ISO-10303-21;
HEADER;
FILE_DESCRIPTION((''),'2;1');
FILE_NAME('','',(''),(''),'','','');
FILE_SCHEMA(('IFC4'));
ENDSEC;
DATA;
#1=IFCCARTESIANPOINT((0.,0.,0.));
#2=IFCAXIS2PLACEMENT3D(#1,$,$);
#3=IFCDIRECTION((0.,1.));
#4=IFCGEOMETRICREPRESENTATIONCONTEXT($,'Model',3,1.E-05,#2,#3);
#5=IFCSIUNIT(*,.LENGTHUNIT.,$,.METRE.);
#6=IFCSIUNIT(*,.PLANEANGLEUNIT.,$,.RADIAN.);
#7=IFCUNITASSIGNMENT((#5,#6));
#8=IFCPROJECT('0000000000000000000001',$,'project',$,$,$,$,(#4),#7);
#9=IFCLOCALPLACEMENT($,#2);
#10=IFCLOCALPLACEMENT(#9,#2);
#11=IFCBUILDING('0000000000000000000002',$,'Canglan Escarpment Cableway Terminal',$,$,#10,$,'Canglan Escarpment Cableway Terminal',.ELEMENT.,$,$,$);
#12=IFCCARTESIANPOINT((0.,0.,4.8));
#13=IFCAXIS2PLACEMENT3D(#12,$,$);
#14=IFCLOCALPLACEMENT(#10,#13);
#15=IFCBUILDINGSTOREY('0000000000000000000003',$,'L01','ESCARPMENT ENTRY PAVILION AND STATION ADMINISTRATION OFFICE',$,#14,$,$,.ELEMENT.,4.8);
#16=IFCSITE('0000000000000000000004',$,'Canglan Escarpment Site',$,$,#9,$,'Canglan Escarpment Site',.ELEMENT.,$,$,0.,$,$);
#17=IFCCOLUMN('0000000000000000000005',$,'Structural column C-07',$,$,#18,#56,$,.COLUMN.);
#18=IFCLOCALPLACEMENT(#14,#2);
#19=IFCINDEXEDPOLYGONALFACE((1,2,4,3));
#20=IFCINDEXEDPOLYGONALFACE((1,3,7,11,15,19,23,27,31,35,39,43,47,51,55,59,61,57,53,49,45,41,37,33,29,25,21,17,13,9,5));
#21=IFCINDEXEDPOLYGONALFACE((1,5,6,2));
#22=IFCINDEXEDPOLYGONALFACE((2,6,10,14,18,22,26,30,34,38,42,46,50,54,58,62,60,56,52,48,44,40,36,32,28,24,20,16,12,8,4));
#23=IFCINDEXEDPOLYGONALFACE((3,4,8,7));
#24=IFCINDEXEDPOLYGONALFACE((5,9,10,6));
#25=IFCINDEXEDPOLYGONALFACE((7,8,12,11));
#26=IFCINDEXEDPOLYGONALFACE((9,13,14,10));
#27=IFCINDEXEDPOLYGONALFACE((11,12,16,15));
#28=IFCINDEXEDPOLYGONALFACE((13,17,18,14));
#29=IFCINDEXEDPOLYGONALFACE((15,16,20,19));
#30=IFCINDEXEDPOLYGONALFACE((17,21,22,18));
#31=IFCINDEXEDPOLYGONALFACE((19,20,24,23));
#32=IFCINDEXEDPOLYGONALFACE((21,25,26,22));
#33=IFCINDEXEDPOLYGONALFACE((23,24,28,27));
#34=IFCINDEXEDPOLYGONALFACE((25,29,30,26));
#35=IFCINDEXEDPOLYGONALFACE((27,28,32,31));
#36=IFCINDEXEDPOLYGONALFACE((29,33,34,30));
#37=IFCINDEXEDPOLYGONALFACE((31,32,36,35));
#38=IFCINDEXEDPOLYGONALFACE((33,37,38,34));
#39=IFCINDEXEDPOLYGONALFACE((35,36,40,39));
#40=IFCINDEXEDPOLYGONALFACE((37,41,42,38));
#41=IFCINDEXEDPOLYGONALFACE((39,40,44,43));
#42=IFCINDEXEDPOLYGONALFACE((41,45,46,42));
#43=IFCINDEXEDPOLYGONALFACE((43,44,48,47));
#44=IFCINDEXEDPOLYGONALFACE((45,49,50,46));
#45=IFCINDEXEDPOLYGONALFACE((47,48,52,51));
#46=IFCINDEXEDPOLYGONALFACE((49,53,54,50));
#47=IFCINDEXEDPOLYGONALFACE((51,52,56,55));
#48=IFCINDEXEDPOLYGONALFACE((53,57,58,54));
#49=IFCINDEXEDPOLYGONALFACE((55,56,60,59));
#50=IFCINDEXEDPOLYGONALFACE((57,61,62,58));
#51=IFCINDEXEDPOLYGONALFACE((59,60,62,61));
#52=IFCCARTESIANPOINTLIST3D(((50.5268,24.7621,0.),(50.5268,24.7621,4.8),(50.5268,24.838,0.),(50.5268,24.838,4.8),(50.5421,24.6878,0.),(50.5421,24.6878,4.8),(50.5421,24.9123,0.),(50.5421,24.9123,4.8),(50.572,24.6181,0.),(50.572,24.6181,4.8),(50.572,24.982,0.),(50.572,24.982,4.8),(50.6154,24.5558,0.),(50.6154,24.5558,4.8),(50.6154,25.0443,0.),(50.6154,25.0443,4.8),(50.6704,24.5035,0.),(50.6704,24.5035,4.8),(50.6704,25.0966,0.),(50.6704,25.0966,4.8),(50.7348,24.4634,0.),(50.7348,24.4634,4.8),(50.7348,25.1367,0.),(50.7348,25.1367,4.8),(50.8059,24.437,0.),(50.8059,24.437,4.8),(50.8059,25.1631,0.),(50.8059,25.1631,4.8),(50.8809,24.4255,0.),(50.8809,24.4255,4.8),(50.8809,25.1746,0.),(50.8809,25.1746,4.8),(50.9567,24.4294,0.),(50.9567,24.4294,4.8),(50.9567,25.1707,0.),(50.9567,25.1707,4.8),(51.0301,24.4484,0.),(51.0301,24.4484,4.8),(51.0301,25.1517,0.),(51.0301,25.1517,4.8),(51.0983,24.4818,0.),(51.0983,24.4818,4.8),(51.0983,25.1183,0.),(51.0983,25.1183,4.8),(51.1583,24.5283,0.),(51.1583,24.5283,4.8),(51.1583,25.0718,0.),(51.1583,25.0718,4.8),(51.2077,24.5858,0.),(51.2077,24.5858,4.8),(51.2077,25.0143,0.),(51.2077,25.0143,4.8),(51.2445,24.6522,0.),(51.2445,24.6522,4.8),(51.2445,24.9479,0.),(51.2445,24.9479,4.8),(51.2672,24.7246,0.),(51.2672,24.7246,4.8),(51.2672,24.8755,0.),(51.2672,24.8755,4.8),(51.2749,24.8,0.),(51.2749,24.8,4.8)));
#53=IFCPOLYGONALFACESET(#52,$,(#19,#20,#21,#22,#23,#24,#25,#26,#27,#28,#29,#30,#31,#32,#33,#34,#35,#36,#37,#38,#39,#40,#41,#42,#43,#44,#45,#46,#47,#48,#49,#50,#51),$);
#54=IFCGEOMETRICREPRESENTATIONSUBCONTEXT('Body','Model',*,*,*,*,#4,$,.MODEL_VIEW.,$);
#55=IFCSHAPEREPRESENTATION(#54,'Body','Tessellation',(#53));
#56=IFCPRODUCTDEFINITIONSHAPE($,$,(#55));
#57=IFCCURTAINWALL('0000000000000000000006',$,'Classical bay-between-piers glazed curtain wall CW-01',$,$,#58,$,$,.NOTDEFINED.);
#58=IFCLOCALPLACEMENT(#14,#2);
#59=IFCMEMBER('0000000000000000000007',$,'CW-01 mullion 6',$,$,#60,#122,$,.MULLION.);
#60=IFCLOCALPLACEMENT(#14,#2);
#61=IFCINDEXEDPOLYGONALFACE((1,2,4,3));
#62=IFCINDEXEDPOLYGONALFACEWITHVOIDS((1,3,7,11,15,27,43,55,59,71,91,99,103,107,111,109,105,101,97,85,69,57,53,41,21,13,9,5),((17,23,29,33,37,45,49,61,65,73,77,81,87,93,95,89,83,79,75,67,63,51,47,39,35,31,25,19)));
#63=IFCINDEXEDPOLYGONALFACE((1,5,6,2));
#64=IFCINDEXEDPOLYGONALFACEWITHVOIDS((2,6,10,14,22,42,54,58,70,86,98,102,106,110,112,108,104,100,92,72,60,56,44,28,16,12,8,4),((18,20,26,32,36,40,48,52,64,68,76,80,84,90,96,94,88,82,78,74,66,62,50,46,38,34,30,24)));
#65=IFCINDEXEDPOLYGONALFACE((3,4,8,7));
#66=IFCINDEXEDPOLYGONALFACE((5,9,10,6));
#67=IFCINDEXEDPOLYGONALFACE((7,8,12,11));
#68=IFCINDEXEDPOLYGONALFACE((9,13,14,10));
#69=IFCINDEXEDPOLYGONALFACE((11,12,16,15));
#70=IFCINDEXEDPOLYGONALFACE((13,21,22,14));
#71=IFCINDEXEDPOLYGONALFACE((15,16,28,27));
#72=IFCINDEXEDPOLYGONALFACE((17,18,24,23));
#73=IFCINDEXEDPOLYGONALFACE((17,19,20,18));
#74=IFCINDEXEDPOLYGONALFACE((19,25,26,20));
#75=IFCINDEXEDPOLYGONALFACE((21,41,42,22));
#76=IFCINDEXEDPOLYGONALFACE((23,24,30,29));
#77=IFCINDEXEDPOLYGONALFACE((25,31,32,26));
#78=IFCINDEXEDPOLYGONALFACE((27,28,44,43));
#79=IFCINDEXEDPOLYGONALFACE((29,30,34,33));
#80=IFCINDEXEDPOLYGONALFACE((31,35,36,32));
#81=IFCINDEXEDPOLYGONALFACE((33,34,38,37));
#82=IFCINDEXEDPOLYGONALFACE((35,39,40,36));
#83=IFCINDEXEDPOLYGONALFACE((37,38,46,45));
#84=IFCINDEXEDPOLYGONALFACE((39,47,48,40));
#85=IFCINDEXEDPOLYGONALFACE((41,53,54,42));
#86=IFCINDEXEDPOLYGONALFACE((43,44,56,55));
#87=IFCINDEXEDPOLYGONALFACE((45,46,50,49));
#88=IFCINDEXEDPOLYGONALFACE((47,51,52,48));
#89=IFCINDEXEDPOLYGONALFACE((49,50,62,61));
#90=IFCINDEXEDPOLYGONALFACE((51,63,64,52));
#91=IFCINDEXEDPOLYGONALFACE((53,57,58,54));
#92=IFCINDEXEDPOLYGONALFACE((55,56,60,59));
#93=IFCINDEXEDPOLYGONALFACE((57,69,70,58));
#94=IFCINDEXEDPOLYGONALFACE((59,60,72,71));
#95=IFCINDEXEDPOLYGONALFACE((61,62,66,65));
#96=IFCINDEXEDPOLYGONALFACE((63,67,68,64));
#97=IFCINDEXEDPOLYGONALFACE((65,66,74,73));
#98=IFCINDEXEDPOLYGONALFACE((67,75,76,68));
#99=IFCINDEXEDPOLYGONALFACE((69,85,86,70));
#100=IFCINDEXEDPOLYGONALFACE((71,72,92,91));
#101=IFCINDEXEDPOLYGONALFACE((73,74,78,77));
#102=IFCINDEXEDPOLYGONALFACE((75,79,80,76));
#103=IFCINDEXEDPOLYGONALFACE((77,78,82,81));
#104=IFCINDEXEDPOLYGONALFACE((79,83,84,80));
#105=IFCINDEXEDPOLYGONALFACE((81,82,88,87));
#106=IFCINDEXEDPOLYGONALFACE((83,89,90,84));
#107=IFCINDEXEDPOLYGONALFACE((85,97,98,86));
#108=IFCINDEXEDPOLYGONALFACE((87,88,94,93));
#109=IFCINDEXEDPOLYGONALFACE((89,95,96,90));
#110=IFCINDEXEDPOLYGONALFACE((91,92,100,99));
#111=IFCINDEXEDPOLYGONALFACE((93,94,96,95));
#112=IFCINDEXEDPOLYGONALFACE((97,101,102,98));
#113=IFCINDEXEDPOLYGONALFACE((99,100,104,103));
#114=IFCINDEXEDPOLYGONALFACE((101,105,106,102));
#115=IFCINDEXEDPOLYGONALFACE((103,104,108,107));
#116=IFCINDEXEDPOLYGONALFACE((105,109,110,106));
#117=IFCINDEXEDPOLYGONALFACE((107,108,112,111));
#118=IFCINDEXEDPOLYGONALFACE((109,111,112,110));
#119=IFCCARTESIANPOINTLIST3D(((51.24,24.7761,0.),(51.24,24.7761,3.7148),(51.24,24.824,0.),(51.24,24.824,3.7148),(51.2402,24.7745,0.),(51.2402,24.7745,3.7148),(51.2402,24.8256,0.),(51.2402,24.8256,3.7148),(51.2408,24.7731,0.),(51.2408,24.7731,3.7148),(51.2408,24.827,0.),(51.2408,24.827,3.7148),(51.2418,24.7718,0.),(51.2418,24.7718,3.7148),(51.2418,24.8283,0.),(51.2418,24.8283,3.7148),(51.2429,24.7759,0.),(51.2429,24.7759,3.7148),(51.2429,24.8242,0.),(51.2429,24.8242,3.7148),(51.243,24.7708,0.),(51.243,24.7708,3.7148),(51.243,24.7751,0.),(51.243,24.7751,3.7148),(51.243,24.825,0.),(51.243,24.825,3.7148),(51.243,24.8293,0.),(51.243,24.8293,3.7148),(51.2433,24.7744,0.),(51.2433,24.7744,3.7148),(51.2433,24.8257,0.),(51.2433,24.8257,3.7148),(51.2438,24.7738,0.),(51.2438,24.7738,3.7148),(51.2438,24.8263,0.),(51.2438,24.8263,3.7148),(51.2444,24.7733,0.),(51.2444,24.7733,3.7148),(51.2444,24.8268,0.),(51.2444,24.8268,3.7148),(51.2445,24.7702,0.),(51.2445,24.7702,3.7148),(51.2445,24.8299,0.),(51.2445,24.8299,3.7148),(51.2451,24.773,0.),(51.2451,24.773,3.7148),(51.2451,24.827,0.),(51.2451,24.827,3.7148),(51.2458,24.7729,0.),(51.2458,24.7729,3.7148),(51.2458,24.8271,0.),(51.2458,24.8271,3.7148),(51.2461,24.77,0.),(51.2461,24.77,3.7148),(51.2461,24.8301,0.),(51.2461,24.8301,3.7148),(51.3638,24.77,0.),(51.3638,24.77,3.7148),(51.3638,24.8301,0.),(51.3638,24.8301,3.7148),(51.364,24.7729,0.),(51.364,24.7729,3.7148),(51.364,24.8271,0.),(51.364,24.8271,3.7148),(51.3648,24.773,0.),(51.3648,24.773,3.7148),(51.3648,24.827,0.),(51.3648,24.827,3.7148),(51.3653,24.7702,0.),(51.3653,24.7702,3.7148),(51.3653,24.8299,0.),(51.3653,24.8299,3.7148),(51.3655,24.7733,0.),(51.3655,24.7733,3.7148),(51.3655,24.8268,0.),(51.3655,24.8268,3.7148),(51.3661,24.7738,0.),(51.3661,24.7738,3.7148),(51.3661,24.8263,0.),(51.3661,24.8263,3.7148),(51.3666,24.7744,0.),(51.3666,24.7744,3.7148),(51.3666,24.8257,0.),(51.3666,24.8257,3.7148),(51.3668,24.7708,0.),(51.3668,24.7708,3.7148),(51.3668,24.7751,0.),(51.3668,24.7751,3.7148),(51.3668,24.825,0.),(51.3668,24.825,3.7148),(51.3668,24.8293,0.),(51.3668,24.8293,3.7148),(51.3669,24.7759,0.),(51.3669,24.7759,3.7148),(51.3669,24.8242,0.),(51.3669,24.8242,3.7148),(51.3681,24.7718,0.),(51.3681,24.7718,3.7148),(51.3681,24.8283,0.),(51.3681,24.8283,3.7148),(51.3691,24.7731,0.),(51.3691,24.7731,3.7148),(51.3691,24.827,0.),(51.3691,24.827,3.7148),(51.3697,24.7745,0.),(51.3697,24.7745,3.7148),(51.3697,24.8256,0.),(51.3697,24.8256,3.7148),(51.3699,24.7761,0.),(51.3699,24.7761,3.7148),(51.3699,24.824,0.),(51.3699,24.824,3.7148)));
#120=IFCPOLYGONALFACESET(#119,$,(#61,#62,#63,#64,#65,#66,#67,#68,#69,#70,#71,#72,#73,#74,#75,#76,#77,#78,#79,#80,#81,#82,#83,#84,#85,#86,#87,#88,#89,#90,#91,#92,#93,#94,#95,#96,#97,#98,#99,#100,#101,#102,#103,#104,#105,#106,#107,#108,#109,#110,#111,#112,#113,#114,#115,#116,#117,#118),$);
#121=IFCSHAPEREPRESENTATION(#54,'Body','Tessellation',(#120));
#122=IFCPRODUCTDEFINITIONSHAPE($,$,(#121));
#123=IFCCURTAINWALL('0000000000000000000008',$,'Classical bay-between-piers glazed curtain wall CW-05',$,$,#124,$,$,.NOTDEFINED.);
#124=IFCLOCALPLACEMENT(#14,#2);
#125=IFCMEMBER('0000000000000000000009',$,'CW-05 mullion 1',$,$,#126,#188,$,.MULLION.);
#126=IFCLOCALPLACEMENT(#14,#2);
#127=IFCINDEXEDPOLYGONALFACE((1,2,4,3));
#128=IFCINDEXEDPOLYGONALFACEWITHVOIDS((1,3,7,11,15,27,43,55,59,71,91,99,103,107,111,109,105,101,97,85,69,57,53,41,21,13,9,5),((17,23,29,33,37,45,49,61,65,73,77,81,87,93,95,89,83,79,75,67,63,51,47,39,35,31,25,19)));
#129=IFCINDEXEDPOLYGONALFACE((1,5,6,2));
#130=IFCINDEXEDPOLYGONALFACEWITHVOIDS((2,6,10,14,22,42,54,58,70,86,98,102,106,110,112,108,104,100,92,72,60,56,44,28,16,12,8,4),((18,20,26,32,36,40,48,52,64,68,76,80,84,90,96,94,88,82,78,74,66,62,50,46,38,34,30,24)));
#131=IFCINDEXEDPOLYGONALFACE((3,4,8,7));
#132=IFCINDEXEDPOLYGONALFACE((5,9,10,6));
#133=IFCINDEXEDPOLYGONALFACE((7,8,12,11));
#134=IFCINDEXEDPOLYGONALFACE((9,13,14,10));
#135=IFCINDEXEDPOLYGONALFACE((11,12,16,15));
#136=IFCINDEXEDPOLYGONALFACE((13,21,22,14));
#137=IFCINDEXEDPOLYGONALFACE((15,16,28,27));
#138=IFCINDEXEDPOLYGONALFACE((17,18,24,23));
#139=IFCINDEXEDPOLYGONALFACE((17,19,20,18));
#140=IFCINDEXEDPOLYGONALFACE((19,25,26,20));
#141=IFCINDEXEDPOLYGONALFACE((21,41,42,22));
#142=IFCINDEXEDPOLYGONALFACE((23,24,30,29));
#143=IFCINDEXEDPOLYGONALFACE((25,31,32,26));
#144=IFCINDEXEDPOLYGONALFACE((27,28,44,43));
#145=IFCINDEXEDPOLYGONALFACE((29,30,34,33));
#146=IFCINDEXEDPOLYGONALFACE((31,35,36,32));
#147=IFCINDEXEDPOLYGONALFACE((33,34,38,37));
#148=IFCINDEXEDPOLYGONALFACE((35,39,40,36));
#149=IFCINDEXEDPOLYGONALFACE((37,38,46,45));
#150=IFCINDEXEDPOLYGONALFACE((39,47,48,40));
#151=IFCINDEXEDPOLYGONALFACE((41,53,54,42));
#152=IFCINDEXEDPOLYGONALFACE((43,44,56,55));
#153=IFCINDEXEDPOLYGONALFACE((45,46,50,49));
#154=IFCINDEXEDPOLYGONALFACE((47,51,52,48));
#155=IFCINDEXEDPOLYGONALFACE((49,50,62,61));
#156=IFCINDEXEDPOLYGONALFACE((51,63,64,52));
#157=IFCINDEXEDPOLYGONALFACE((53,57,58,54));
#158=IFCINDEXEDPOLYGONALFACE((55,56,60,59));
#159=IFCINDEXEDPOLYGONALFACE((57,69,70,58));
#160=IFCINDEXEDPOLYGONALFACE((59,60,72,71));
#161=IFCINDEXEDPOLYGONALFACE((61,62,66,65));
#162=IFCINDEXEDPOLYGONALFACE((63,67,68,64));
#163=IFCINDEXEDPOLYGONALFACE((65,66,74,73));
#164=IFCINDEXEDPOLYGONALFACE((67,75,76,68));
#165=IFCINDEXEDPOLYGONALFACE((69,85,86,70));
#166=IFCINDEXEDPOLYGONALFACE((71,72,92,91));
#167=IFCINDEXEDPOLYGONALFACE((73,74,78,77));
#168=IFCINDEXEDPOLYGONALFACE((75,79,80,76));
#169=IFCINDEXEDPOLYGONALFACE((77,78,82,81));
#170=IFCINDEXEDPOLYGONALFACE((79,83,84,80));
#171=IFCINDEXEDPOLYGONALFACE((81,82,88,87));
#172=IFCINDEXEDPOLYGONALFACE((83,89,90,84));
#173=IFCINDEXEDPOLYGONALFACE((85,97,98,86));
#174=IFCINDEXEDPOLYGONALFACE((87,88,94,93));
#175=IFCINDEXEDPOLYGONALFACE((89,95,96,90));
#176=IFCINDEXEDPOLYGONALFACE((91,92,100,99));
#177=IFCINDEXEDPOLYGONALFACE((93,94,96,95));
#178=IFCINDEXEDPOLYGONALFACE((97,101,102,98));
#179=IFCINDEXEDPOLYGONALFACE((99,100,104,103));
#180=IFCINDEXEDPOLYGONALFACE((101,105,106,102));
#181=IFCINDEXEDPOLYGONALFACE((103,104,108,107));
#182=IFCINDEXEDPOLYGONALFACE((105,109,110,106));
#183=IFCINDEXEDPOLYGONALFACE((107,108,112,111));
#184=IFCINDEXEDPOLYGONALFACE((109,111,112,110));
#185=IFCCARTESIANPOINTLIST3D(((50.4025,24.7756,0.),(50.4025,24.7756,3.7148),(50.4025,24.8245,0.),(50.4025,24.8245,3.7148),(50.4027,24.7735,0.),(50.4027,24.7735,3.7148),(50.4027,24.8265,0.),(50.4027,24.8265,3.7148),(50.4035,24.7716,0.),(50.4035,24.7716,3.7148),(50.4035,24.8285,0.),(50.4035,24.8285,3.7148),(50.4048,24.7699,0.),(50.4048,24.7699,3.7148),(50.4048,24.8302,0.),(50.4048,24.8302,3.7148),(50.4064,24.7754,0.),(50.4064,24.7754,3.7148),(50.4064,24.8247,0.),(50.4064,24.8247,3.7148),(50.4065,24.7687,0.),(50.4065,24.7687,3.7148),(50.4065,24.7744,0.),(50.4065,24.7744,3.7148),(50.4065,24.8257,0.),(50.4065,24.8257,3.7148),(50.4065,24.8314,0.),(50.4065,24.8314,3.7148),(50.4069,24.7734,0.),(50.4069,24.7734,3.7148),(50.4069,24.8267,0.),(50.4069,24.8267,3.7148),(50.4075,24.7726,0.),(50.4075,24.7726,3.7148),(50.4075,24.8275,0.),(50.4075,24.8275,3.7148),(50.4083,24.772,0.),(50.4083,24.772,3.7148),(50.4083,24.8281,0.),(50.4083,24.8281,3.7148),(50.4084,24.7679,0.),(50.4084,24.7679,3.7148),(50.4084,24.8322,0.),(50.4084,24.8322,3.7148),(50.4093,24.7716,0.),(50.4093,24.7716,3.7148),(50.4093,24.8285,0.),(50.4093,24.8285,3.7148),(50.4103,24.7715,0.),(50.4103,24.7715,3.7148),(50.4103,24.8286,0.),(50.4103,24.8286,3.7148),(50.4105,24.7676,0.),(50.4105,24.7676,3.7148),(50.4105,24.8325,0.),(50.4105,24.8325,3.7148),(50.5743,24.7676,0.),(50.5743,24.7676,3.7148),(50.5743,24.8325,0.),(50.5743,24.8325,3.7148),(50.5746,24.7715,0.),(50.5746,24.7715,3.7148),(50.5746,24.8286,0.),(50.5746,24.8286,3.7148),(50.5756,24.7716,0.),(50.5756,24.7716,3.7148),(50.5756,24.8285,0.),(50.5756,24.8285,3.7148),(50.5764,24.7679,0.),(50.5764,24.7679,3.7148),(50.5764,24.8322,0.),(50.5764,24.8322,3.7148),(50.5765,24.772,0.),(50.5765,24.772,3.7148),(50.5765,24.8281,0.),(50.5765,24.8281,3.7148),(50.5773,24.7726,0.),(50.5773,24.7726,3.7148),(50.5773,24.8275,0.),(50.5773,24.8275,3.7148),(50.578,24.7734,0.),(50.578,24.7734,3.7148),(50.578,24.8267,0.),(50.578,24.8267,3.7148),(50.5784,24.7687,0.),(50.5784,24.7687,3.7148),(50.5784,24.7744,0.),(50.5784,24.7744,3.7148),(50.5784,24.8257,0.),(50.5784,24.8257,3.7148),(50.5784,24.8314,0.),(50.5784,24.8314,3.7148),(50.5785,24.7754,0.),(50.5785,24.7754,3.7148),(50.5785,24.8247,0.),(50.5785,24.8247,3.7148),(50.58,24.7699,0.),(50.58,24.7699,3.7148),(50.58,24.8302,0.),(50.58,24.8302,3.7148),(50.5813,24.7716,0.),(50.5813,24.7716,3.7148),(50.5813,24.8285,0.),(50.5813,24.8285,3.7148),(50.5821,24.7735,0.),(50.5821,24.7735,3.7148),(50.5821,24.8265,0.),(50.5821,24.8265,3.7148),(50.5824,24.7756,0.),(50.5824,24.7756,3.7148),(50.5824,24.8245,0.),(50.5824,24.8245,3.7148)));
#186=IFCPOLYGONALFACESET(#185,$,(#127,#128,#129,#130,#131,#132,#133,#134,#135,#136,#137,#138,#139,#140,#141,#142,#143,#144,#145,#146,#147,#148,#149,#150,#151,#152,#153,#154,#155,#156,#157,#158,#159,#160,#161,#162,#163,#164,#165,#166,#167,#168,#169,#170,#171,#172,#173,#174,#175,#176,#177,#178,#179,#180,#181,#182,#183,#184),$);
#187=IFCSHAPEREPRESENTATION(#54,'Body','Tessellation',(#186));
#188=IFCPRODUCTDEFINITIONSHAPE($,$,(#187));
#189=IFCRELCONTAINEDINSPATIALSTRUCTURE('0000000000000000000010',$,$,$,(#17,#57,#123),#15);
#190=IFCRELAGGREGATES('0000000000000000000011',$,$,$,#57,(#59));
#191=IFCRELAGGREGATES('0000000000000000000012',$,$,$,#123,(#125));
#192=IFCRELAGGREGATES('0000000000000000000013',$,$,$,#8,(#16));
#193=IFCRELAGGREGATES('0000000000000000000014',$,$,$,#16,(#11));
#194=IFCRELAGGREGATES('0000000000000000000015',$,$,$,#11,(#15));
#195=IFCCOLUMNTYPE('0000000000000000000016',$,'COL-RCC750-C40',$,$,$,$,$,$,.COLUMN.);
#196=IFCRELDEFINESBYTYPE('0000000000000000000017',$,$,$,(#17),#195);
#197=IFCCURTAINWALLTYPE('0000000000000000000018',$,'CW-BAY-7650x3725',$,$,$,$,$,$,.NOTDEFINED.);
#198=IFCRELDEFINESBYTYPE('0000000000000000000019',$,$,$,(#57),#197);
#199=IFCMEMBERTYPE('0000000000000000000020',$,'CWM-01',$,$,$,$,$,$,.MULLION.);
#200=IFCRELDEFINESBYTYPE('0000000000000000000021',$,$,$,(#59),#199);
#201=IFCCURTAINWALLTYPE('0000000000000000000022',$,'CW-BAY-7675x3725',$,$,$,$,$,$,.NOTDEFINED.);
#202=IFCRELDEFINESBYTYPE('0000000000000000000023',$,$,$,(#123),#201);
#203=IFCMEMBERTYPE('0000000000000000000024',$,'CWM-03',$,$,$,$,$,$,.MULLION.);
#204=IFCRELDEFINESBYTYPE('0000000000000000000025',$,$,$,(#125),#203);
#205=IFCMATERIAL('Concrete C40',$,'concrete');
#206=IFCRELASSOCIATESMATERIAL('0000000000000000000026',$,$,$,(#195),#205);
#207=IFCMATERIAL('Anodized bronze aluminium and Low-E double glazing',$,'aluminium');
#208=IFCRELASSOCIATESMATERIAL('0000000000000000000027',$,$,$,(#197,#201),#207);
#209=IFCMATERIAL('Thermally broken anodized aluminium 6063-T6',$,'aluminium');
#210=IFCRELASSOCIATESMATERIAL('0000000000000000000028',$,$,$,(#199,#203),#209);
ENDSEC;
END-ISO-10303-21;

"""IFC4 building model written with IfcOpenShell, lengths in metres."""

from ifc_helpers import new_model, si_unit, direction, frame, origin, origin_2d, place, context, subcontext, project, spatial, hollow_rectangle, circle, extrude, material, material_profile, profile_set, type_object, element, aggregate, save


model = new_model("IFC4")

# Units and contexts
model_context = context("Model", 3, precision=1e-05, world=origin(), true_north=direction((0.0, 1.0)))
body_context = subcontext(model_context, "Body", "Model", "MODEL_VIEW")
ifc_project = project(units=[si_unit("LENGTHUNIT", "METRE"), si_unit("PLANEANGLEUNIT", "RADIAN")], contexts=[model_context])

# Site, building, storey
site_placement = place(None, origin())
site = spatial("IfcSite", under=ifc_project, at=site_placement, Name="Canglan Escarpment Site", LongName="Canglan Escarpment Site", CompositionType="ELEMENT", RefElevation=0.0)
building_placement = place(site_placement, origin())
building = spatial("IfcBuilding", under=site, at=building_placement, Name="Canglan Escarpment Cableway Terminal", LongName="Canglan Escarpment Cableway Terminal", CompositionType="ELEMENT")
storey_placement = place(building_placement, frame((0.0, 0.0, 4.8)))
storey = spatial("IfcBuildingStorey", under=building, at=storey_placement, Name="L01", Description="ESCARPMENT ENTRY PAVILION AND STATION ADMINISTRATION OFFICE", CompositionType="ELEMENT", Elevation=4.8)

# Column
ifc_material_1 = material(Name="Concrete C40", Category="concrete")
ifc_material_profile_1 = material_profile(ifc_material_1, circle(Radius=0.375, at=origin_2d()), Name="RC-CIRC D750")
ifc_profile_set_1 = profile_set([ifc_material_profile_1], Name="Concrete C40")
column_type = type_object("IfcColumnType", Name="COL-RCC750-C40", PredefinedType="COLUMN", material=ifc_profile_set_1)
column_placement = place(storey_placement, frame((50.8999, 24.8, 0.0), z_axis=(0.0, 0.0, 1.0), x_axis=(1.0, 0.0, 0.0)))
element("IfcColumn", 1, at=column_placement, inside=storey, type_object=column_type, Name="Structural column C-07", PredefinedType="COLUMN", context=body_context, shape_type="SweptSolid", body=[
    extrude(circle(Radius=0.375, at=origin_2d()), origin(), (0.0, 0.0, 1.0), 4.8),
])

# Curtain wall, member
ifc_material_2 = material(Name="Anodized bronze aluminium and Low-E double glazing", Category="aluminium")
curtain_wall_type_1 = type_object("IfcCurtainWallType", Name="CW-BAY-7650x3725", PredefinedType="NOTDEFINED", material=ifc_material_2)
curtain_wall_1_placement = place(storey_placement, origin())
curtain_wall_1 = element("IfcCurtainWall", 2, at=curtain_wall_1_placement, inside=storey, type_object=curtain_wall_type_1, Name="Classical bay-between-piers glazed curtain wall CW-01", PredefinedType="NOTDEFINED")
ifc_material_3 = material(Name="Thermally broken anodized aluminium 6063-T6", Category="aluminium")
ifc_material_profile_2 = material_profile(ifc_material_3, hollow_rectangle(XDim=0.0601, YDim=0.1299, WallThickness=0.0029, InnerFilletRadius=0.0029, OuterFilletRadius=0.0061, at=origin_2d()), Name="ALU-MULL 60x130x3")
ifc_profile_set_2 = profile_set([ifc_material_profile_2], Name="Thermally broken anodized aluminium 6063-T6")
member_type_1 = type_object("IfcMemberType", Name="CWM-01", PredefinedType="MULLION", material=ifc_profile_set_2)
member_1_placement = place(storey_placement, frame((51.3049, 24.8, 0.0), z_axis=(0.0, 0.0, 1.0), x_axis=(0.0, -1.0, 0.0)))
member_1 = element("IfcMember", 3, at=member_1_placement, type_object=member_type_1, Name="CW-01 mullion 6", PredefinedType="MULLION", context=body_context, shape_type="SweptSolid", body=[
    extrude(hollow_rectangle(XDim=0.0601, YDim=0.1299, WallThickness=0.0029, InnerFilletRadius=0.0029, OuterFilletRadius=0.0061, at=origin_2d()), origin(), (0.0, 0.0, 1.0), 3.7148),
])
aggregate(curtain_wall_1, [member_1])

# Curtain wall, member
curtain_wall_type_2 = type_object("IfcCurtainWallType", Name="CW-BAY-7675x3725", PredefinedType="NOTDEFINED", material=ifc_material_2)
curtain_wall_2_placement = place(storey_placement, origin())
curtain_wall_2 = element("IfcCurtainWall", 4, at=curtain_wall_2_placement, inside=storey, type_object=curtain_wall_type_2, Name="Classical bay-between-piers glazed curtain wall CW-05", PredefinedType="NOTDEFINED")
ifc_material_profile_3 = material_profile(ifc_material_3, hollow_rectangle(XDim=0.0649, YDim=0.1799, WallThickness=0.0039, InnerFilletRadius=0.0039, OuterFilletRadius=0.0081, at=origin_2d()), Name="ALU-MULL 65x180x4")
ifc_profile_set_3 = profile_set([ifc_material_profile_3], Name="Thermally broken anodized aluminium 6063-T6")
member_type_2 = type_object("IfcMemberType", Name="CWM-03", PredefinedType="MULLION", material=ifc_profile_set_3)
member_2_placement = place(storey_placement, frame((50.4924, 24.8, 0.0), z_axis=(0.0, 0.0, 1.0), x_axis=(0.0, -1.0, 0.0)))
member_2 = element("IfcMember", 5, at=member_2_placement, type_object=member_type_2, Name="CW-05 mullion 1", PredefinedType="MULLION", context=body_context, shape_type="SweptSolid", body=[
    extrude(hollow_rectangle(XDim=0.0649, YDim=0.1799, WallThickness=0.0039, InnerFilletRadius=0.0039, OuterFilletRadius=0.0081, at=origin_2d()), origin(), (0.0, 0.0, 1.0), 3.7148),
])

aggregate(curtain_wall_2, [member_2])

save(model, "model.ifc")
